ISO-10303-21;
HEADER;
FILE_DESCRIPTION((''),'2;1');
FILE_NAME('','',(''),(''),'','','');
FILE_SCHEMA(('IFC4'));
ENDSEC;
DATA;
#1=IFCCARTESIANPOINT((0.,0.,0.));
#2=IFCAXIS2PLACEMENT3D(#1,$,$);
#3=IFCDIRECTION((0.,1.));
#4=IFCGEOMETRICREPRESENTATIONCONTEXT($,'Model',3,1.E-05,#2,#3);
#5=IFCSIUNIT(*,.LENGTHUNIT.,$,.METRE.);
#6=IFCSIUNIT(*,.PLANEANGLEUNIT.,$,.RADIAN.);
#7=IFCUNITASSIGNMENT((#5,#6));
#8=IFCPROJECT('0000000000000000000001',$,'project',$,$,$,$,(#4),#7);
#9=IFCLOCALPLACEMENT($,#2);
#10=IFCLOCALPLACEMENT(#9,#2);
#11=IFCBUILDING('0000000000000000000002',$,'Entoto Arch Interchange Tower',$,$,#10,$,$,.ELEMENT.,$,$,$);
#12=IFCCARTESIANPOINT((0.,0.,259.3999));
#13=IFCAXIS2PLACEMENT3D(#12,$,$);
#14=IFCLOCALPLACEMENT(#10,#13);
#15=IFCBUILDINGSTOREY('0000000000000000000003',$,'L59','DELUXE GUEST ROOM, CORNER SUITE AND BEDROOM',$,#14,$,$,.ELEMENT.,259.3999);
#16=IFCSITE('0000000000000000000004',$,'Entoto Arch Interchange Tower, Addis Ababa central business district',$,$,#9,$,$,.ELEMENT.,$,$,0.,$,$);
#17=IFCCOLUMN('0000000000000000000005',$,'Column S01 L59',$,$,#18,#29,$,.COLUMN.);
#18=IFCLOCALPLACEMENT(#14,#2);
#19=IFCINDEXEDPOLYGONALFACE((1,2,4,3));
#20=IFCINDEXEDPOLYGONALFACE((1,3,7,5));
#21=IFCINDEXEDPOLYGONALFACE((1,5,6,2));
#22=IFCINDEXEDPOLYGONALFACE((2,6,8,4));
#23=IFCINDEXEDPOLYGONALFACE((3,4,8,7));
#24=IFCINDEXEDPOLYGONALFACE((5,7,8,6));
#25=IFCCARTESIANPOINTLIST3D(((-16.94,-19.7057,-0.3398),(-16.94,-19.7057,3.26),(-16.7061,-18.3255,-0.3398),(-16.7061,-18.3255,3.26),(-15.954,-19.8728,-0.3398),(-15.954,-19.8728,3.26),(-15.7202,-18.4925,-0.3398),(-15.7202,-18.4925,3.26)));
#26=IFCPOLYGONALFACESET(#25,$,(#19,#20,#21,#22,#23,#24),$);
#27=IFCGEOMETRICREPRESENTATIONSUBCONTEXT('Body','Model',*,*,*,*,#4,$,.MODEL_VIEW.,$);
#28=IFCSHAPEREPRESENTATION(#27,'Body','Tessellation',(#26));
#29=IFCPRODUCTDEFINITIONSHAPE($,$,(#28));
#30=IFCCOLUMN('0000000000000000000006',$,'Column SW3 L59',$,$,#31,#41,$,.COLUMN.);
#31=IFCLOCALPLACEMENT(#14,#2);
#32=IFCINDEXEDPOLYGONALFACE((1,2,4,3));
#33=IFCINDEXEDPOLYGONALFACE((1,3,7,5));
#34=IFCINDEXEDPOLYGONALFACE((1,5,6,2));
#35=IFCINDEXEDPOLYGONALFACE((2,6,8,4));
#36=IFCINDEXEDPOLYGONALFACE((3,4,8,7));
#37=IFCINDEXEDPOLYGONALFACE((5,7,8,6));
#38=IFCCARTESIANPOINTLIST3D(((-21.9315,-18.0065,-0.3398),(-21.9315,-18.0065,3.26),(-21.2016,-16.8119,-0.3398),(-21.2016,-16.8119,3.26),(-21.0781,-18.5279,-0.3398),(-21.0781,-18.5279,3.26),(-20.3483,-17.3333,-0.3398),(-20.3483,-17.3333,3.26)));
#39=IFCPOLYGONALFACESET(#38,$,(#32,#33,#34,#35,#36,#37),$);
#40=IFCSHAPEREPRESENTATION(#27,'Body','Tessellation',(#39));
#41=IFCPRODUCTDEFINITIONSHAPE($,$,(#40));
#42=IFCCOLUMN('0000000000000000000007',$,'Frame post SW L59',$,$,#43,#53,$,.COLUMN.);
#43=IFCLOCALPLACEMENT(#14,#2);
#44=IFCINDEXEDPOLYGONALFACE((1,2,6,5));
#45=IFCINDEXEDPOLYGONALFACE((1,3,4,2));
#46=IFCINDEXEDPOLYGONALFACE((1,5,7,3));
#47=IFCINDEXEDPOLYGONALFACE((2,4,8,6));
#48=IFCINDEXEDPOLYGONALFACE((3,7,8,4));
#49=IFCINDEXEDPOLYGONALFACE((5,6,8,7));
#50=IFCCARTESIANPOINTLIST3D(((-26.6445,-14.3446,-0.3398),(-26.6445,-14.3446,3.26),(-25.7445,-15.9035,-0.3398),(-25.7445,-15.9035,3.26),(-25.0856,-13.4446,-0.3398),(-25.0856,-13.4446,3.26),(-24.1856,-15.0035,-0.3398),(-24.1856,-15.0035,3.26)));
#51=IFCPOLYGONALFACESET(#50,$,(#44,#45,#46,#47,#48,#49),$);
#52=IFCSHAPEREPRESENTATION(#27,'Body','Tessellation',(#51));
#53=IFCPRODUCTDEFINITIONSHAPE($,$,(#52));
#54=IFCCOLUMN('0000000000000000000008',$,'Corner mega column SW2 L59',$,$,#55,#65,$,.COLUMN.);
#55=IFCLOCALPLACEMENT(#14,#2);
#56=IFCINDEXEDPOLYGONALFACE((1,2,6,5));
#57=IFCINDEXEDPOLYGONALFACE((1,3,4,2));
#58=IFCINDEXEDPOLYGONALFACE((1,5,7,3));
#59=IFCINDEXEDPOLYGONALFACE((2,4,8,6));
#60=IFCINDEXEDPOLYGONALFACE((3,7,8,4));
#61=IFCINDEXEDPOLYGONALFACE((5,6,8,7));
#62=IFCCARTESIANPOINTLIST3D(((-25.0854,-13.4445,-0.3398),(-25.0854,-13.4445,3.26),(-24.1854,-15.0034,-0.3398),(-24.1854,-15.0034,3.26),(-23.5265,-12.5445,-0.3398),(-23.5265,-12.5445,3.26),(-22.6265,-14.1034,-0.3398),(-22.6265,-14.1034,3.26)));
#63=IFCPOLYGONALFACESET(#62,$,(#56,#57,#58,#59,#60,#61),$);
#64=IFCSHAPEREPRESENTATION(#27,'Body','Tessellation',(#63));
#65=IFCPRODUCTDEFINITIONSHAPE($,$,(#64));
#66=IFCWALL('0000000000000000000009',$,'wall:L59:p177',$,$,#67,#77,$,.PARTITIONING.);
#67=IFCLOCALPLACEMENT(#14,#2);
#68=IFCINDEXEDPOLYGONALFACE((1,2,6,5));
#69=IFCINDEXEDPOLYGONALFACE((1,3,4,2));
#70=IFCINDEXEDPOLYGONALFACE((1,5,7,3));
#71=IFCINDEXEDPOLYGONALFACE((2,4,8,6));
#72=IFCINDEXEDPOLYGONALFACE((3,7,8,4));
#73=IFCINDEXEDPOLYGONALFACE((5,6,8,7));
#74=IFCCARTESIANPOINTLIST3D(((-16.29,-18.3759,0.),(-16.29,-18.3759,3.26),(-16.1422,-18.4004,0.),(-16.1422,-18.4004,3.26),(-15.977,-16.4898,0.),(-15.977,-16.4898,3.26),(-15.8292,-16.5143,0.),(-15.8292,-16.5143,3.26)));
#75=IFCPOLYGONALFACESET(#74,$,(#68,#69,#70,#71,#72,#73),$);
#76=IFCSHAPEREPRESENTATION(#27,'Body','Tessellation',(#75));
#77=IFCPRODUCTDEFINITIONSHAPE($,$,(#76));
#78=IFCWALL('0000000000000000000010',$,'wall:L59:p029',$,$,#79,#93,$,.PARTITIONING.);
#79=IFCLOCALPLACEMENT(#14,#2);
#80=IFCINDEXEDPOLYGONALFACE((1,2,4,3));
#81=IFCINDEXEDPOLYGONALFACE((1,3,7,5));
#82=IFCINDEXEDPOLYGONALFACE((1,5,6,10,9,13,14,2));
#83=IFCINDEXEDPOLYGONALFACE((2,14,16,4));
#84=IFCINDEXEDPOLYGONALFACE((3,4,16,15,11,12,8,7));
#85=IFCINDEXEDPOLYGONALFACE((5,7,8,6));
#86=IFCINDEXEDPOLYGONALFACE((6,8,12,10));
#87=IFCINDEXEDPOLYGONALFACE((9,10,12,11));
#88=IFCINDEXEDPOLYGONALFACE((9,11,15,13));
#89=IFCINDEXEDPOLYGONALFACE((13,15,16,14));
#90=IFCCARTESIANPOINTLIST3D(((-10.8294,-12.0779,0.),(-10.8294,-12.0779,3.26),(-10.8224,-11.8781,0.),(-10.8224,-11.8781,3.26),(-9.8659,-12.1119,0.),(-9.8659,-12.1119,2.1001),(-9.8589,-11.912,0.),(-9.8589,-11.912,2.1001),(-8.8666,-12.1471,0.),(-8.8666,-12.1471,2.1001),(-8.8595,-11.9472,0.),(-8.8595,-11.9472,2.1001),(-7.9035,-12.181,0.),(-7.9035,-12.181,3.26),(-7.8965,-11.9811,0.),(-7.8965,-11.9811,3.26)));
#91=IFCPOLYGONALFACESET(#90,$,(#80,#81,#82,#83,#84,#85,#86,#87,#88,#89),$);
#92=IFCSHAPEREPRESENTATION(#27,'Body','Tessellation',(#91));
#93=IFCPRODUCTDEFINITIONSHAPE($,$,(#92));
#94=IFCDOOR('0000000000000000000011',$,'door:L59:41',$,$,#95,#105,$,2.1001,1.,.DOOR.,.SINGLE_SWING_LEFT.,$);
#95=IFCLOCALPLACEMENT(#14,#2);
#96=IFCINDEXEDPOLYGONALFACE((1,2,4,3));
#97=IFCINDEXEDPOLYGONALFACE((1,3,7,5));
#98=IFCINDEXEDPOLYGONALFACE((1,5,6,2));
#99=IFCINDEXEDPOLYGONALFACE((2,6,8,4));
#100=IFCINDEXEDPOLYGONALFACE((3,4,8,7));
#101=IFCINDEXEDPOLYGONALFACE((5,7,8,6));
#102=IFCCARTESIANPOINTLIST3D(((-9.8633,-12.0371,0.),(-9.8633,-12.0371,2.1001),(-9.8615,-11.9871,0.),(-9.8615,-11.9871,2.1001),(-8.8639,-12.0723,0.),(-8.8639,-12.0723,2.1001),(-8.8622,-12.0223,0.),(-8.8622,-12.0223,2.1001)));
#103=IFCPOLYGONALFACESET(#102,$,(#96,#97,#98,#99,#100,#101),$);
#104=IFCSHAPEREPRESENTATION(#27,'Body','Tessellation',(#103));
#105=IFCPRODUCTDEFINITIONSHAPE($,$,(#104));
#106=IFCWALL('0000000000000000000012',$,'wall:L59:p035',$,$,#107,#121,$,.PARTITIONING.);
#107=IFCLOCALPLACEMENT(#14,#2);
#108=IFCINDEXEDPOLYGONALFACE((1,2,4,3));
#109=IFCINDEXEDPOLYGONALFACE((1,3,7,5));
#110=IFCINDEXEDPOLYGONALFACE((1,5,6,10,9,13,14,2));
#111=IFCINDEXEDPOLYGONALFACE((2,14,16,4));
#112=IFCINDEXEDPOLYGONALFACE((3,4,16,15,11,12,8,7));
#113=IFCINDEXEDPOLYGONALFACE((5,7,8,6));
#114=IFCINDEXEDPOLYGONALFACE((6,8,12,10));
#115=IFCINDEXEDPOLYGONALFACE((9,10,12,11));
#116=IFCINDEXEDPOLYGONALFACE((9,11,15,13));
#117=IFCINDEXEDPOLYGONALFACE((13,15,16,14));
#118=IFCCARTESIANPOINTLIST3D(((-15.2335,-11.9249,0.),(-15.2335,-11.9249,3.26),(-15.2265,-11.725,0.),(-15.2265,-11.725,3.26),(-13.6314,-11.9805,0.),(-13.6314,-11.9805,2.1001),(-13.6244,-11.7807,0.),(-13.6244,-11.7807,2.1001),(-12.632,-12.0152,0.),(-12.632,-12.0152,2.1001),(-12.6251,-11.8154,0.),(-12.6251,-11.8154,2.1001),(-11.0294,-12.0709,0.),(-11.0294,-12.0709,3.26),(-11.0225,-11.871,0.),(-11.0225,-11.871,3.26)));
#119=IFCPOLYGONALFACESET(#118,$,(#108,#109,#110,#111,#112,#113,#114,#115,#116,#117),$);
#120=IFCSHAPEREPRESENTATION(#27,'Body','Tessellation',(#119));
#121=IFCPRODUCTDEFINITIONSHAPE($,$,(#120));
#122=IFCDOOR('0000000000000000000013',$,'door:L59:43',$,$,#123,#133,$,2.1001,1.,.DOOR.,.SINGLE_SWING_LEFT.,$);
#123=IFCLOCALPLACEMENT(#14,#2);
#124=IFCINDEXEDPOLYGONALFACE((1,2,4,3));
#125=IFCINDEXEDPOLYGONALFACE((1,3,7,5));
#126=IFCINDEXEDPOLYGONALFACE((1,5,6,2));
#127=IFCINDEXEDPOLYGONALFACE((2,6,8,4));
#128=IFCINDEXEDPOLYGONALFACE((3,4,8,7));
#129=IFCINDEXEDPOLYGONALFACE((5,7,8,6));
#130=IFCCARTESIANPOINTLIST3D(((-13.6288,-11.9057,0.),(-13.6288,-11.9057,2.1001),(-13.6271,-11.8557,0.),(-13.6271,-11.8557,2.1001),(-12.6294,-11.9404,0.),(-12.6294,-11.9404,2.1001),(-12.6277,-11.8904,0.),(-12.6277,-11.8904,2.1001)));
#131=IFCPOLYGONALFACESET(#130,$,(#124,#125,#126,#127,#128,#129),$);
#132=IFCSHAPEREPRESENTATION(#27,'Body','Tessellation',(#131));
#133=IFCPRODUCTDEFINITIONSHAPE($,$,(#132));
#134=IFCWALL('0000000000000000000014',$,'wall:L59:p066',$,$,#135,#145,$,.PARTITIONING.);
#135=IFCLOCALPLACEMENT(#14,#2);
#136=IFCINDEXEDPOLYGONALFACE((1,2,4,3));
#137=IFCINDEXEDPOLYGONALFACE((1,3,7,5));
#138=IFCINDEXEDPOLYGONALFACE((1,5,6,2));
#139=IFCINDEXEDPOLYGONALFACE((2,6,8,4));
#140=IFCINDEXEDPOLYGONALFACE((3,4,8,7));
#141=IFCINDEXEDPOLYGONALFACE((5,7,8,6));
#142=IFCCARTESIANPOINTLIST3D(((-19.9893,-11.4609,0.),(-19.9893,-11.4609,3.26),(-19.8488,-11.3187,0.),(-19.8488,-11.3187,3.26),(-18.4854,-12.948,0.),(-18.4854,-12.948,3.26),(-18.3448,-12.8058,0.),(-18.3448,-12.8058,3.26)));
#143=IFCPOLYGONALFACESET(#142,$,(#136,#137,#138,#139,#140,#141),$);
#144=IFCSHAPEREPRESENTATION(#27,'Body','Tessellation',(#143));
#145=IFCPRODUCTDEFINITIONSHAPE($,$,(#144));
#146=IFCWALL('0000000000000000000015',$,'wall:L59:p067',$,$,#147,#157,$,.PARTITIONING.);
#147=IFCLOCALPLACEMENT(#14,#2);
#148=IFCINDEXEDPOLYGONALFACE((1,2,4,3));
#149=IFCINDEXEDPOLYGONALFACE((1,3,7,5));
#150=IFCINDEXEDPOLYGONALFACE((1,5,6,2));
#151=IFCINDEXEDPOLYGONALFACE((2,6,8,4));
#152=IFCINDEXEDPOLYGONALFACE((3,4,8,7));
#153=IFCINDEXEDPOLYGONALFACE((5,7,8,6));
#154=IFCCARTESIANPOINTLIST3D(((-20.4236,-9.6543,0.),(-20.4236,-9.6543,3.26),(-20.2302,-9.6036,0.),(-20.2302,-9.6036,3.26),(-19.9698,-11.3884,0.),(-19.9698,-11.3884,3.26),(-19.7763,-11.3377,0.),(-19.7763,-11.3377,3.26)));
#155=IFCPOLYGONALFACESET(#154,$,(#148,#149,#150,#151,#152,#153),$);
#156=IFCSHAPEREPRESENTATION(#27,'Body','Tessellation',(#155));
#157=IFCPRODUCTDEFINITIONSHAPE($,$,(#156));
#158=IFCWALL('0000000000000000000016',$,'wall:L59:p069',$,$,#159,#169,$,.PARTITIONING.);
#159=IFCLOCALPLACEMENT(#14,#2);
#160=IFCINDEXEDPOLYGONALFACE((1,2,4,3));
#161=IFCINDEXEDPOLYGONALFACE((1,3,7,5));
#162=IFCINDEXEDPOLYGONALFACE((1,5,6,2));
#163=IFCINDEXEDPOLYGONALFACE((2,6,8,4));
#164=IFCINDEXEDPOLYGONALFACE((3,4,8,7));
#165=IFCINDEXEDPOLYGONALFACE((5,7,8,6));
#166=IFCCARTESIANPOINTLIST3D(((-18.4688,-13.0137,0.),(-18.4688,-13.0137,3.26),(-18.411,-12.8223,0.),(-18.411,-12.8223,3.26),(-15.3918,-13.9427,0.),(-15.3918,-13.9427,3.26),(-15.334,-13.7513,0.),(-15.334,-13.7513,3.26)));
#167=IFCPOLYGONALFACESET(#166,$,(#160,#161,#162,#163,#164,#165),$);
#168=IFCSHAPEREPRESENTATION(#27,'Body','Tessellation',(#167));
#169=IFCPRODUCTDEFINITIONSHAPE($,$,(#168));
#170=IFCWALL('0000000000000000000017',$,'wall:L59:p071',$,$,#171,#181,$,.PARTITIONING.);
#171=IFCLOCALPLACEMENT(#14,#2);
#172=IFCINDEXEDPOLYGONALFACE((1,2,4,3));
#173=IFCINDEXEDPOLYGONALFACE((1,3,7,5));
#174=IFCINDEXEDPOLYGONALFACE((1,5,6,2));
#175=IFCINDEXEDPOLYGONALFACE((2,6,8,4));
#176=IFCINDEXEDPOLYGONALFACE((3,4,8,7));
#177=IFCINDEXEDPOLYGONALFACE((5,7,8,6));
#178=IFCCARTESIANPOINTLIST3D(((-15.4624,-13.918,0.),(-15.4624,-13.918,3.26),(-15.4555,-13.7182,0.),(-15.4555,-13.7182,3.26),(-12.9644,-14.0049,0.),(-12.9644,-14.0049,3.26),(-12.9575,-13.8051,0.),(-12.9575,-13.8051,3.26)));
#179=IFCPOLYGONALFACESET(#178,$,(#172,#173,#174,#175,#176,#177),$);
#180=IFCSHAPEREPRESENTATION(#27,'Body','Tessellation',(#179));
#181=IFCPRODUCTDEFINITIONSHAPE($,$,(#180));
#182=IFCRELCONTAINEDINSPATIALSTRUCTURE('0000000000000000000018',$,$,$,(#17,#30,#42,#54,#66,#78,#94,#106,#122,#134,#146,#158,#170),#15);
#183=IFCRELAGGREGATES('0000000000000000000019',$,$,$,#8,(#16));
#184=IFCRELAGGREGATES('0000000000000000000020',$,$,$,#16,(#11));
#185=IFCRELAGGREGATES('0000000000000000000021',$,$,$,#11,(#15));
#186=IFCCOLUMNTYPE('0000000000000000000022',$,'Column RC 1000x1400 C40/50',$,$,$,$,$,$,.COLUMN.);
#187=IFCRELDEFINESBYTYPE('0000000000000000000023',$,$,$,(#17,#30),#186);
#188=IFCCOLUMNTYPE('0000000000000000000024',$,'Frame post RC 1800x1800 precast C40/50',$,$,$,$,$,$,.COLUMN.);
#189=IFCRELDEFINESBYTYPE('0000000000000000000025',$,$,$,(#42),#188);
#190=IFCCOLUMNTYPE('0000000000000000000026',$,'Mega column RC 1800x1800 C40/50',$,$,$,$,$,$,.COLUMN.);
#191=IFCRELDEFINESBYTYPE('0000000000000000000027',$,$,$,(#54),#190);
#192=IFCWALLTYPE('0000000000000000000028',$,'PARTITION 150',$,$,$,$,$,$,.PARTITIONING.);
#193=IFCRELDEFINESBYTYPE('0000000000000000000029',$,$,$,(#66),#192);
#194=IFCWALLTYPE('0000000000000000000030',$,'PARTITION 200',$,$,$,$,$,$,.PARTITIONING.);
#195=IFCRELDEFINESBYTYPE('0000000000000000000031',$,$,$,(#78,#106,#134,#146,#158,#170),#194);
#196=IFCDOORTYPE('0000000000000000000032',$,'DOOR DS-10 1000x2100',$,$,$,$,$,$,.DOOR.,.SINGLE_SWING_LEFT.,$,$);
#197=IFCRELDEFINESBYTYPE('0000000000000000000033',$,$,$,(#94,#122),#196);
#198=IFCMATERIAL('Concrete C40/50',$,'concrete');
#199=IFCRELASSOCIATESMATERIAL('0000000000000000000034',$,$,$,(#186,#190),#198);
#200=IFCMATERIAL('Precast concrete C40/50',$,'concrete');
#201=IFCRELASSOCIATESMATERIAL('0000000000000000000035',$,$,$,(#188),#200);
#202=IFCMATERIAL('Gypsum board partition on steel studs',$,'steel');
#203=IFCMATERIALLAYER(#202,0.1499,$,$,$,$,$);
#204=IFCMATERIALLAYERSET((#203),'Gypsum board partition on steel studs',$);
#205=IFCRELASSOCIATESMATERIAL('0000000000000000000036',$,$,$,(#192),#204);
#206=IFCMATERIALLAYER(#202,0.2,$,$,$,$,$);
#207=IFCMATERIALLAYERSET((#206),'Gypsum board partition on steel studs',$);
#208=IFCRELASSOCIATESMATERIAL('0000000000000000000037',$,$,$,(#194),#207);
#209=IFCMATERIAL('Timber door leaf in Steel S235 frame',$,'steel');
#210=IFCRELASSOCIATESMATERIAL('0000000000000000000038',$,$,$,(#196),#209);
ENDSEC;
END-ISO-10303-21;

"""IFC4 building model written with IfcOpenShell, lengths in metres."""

from ifc_helpers import new_model, si_unit, direction, frame, frame_2d, origin, origin_2d, place, context, subcontext, project, spatial, rectangle, extrude, material, layer, layer_set, material_profile, profile_set, type_object, element, fill, save


model = new_model("IFC4")

# Units and contexts
model_context = context("Model", 3, precision=1e-05, world=origin(), true_north=direction((0.0, 1.0)))
body_context = subcontext(model_context, "Body", "Model", "MODEL_VIEW")
ifc_project = project(units=[si_unit("LENGTHUNIT", "METRE"), si_unit("PLANEANGLEUNIT", "RADIAN")], contexts=[model_context])

# Site, building, storey
site_placement = place(None, origin())
site = spatial("IfcSite", under=ifc_project, at=site_placement, Name="Entoto Arch Interchange Tower, Addis Ababa central business district", CompositionType="ELEMENT", RefElevation=0.0)
building_placement = place(site_placement, origin())
building = spatial("IfcBuilding", under=site, at=building_placement, Name="Entoto Arch Interchange Tower", CompositionType="ELEMENT")
storey_placement = place(building_placement, frame((0.0, 0.0, 259.3999)))
storey = spatial("IfcBuildingStorey", under=building, at=storey_placement, Name="L59", Description="DELUXE GUEST ROOM, CORNER SUITE AND BEDROOM", CompositionType="ELEMENT", Elevation=259.3999)

# Columns
ifc_material_1 = material(Name="Concrete C40/50", Category="concrete")
ifc_material_profile_1 = material_profile(ifc_material_1, rectangle(XDim=1.0, YDim=1.3999, at=origin_2d()))
ifc_profile_set_1 = profile_set([ifc_material_profile_1], Name="Concrete C40/50")
column_type_1 = type_object("IfcColumnType", Name="Column RC 1000x1400 C40/50", PredefinedType="COLUMN", material=ifc_profile_set_1)
for number, where, z_axis, x_axis, name in (
    (1, (-16.3301, -19.0991, -0.3398), (0.0, 0.0, 1.0), (-0.985952, 0.167027, 0.0), "Column S01 L59"),
    (2, (-21.1399, -17.6699, -0.3398), (0.0, 0.0, 1.0), (-0.853342, 0.521352, 0.0), "Column SW3 L59"),
):
    element("IfcColumn", number, at=place(storey_placement, frame(where, z_axis=z_axis, x_axis=x_axis)), inside=storey, type_object=column_type_1, Name=name, PredefinedType="COLUMN", context=body_context, shape_type="SweptSolid", body=[
        extrude(rectangle(XDim=1.0, YDim=1.3999, at=origin_2d()), origin(), (0.0, 0.0, 1.0), 3.5999),
    ])
ifc_material_2 = material(Name="Precast concrete C40/50", Category="concrete")
ifc_material_profile_2 = material_profile(ifc_material_2, rectangle(XDim=1.8, YDim=1.8, at=origin_2d()))
ifc_profile_set_2 = profile_set([ifc_material_profile_2], Name="Precast concrete C40/50")
column_type_2 = type_object("IfcColumnType", Name="Frame post RC 1800x1800 precast C40/50", PredefinedType="COLUMN", material=ifc_profile_set_2)
column_1_placement = place(storey_placement, frame((-25.415, -14.6741, -0.3398), z_axis=(0.0, 0.0, 1.0), x_axis=(0.866025, 0.5, 0.0)))
element("IfcColumn", 3, at=column_1_placement, inside=storey, type_object=column_type_2, Name="Frame post SW L59", PredefinedType="COLUMN", context=body_context, shape_type="SweptSolid", body=[
    extrude(rectangle(XDim=1.8, YDim=1.8, at=origin_2d()), origin(), (0.0, 0.0, 1.0), 3.5999),
])
ifc_material_profile_3 = material_profile(ifc_material_1, rectangle(XDim=1.8, YDim=1.8, at=origin_2d()))
ifc_profile_set_3 = profile_set([ifc_material_profile_3], Name="Concrete C40/50")
column_type_3 = type_object("IfcColumnType", Name="Mega column RC 1800x1800 C40/50", PredefinedType="COLUMN", material=ifc_profile_set_3)
column_2_placement = place(storey_placement, frame((-23.856, -13.7739, -0.3398), z_axis=(0.0, 0.0, 1.0), x_axis=(0.866025, 0.5, 0.0)))
element("IfcColumn", 4, at=column_2_placement, inside=storey, type_object=column_type_3, Name="Corner mega column SW2 L59", PredefinedType="COLUMN", context=body_context, shape_type="SweptSolid", body=[
    extrude(rectangle(XDim=1.8, YDim=1.8, at=origin_2d()), origin(), (0.0, 0.0, 1.0), 3.5999),
])

# Wall
ifc_material_3 = material(Name="Gypsum board partition on steel studs", Category="steel")
ifc_layer_1 = layer(ifc_material_3, 0.1499)
ifc_layer_set_1 = layer_set([ifc_layer_1], Name="Gypsum board partition on steel studs")
wall_type_1 = type_object("IfcWallType", Name="PARTITION 150", PredefinedType="PARTITIONING", material=ifc_layer_set_1)
wall_1_placement = place(storey_placement, frame((-15.9031, -16.502, 0.0), z_axis=(0.0, 0.0, 1.0), x_axis=(-0.163716, -0.986508, 0.0)))
element("IfcWall", 5, at=wall_1_placement, inside=storey, type_object=wall_type_1, Name="wall:L59:p177", PredefinedType="PARTITIONING", context=body_context, shape_type="SweptSolid", body=[
    extrude(rectangle(XDim=1.9119, YDim=0.1499, at=frame_2d((0.9561, 0.0))), origin(), (0.0, 0.0, 1.0), 3.26),
])

# Walls, openings, doors
ifc_layer_2 = layer(ifc_material_3, 0.2)
ifc_layer_set_2 = layer_set([ifc_layer_2], Name="Gypsum board partition on steel studs")
wall_type_2 = type_object("IfcWallType", Name="PARTITION 200", PredefinedType="PARTITIONING", material=ifc_layer_set_2)
wall_2_placement = place(storey_placement, frame((-10.8259, -11.978, 0.0), z_axis=(0.0, 0.0, 1.0), x_axis=(0.999381, -0.035189, 0.0)))
wall_2 = element("IfcWall", 6, at=wall_2_placement, inside=storey, type_object=wall_type_2, Name="wall:L59:p029", PredefinedType="PARTITIONING", context=body_context, shape_type="SweptSolid", body=[
    extrude(rectangle(XDim=2.9277, YDim=0.2, at=frame_2d((1.4639, 0.0))), origin(), (0.0, 0.0, 1.0), 3.26),
])
opening_1_placement = place(wall_2_placement, frame((0.9641, 0.0, 0.0)))
opening_1 = element("IfcOpeningElement", 7, at=opening_1_placement, cuts=wall_2, PredefinedType="OPENING", context=body_context, shape_type="SweptSolid", body=[
    extrude(rectangle(XDim=1.0, YDim=2.1001, at=frame_2d((0.5, 1.05))), frame((0.0, 0.1099, 0.0), z_axis=(0.0, -1.0, 0.0), x_axis=(1.0, 0.0, 0.0)), (0.0, 0.0, 1.0), 0.22),
])
ifc_material_4 = material(Name="Timber door leaf in Steel S235 frame", Category="steel")
door_type_1 = type_object("IfcDoorType", Name="DOOR DS-10 1000x2100", OperationType="SINGLE_SWING_LEFT", PredefinedType="DOOR", material=ifc_material_4)
door_1_placement = place(opening_1_placement, origin())
door_1 = element("IfcDoor", 8, at=door_1_placement, inside=storey, type_object=door_type_1, Name="door:L59:41", OperationType="SINGLE_SWING_LEFT", OverallHeight=2.1001, OverallWidth=1.0, PredefinedType="DOOR", context=body_context, shape_type="SweptSolid", body=[
    extrude(rectangle(XDim=1.0, YDim=2.1001, at=frame_2d((0.5, 1.05))), frame((0.0, 0.0249, 0.0), z_axis=(0.0, -1.0, 0.0), x_axis=(1.0, 0.0, 0.0)), (0.0, 0.0, 1.0), 0.05),
])
fill(opening_1, door_1)
wall_3_placement = place(storey_placement, frame((-15.23, -11.825, 0.0), z_axis=(0.0, 0.0, 1.0), x_axis=(0.999398, -0.034706, 0.0)))
wall_3 = element("IfcWall", 9, at=wall_3_placement, inside=storey, type_object=wall_type_2, Name="wall:L59:p035", PredefinedType="PARTITIONING", context=body_context, shape_type="SweptSolid", body=[
    extrude(rectangle(XDim=4.2065, YDim=0.2, at=frame_2d((2.1033, 0.0))), origin(), (0.0, 0.0, 1.0), 3.26),
])
opening_2_placement = place(wall_3_placement, frame((1.603, 0.0, 0.0)))
opening_2 = element("IfcOpeningElement", 10, at=opening_2_placement, cuts=wall_3, PredefinedType="OPENING", context=body_context, shape_type="SweptSolid", body=[
    extrude(rectangle(XDim=1.0, YDim=2.1001, at=frame_2d((0.5, 1.05))), frame((0.0, 0.1099, 0.0), z_axis=(0.0, -1.0, 0.0), x_axis=(1.0, 0.0, 0.0)), (0.0, 0.0, 1.0), 0.22),
])
door_2_placement = place(opening_2_placement, origin())
door_2 = element("IfcDoor", 11, at=door_2_placement, inside=storey, type_object=door_type_1, Name="door:L59:43", OperationType="SINGLE_SWING_LEFT", OverallHeight=2.1001, OverallWidth=1.0, PredefinedType="DOOR", context=body_context, shape_type="SweptSolid", body=[
    extrude(rectangle(XDim=1.0, YDim=2.1001, at=frame_2d((0.5, 1.05))), frame((0.0, 0.0249, 0.0), z_axis=(0.0, -1.0, 0.0), x_axis=(1.0, 0.0, 0.0)), (0.0, 0.0, 1.0), 0.05),
])
fill(opening_2, door_2)

# Walls
wall_4_placement = place(storey_placement, frame((-18.415, -12.877, 0.0), z_axis=(0.0, 0.0, 1.0), x_axis=(-0.711078, 0.703113, 0.0)))
element("IfcWall", 12, at=wall_4_placement, inside=storey, type_object=wall_type_2, Name="wall:L59:p066", PredefinedType="PARTITIONING", context=body_context, shape_type="SweptSolid", body=[
    extrude(rectangle(XDim=2.115, YDim=0.2, at=frame_2d((1.0576, 0.0))), origin(), (0.0, 0.0, 1.0), 3.26),
])
wall_5_placement = place(storey_placement, frame((-19.873, -11.363, 0.0), z_axis=(0.0, 0.0, 1.0), x_axis=(-0.253192, 0.967416, 0.0)))
element("IfcWall", 13, at=wall_5_placement, inside=storey, type_object=wall_type_2, Name="wall:L59:p067", PredefinedType="PARTITIONING", context=body_context, shape_type="SweptSolid", body=[
    extrude(rectangle(XDim=1.7925, YDim=0.2, at=frame_2d((0.8962, 0.0))), origin(), (0.0, 0.0, 1.0), 3.26),
])
wall_6_placement = place(storey_placement, frame((-15.363, -13.8469, 0.0), z_axis=(0.0, 0.0, 1.0), x_axis=(-0.957321, 0.289027, 0.0)))
element("IfcWall", 14, at=wall_6_placement, inside=storey, type_object=wall_type_2, Name="wall:L59:p069", PredefinedType="PARTITIONING", context=body_context, shape_type="SweptSolid", body=[
    extrude(rectangle(XDim=3.2141, YDim=0.2, at=frame_2d((1.6069, 0.0))), origin(), (0.0, 0.0, 1.0), 3.26),
])
wall_7_placement = place(storey_placement, frame((-12.9609, -13.905, 0.0), z_axis=(0.0, 0.0, 1.0), x_axis=(-0.999395, 0.034772, 0.0)))
element("IfcWall", 15, at=wall_7_placement, inside=storey, type_object=wall_type_2, Name="wall:L59:p071", PredefinedType="PARTITIONING", context=body_context, shape_type="SweptSolid", body=[
    extrude(rectangle(XDim=2.4995, YDim=0.2, at=frame_2d((1.2498, 0.0))), origin(), (0.0, 0.0, 1.0), 3.26),
])

save(model, "model.ifc")
